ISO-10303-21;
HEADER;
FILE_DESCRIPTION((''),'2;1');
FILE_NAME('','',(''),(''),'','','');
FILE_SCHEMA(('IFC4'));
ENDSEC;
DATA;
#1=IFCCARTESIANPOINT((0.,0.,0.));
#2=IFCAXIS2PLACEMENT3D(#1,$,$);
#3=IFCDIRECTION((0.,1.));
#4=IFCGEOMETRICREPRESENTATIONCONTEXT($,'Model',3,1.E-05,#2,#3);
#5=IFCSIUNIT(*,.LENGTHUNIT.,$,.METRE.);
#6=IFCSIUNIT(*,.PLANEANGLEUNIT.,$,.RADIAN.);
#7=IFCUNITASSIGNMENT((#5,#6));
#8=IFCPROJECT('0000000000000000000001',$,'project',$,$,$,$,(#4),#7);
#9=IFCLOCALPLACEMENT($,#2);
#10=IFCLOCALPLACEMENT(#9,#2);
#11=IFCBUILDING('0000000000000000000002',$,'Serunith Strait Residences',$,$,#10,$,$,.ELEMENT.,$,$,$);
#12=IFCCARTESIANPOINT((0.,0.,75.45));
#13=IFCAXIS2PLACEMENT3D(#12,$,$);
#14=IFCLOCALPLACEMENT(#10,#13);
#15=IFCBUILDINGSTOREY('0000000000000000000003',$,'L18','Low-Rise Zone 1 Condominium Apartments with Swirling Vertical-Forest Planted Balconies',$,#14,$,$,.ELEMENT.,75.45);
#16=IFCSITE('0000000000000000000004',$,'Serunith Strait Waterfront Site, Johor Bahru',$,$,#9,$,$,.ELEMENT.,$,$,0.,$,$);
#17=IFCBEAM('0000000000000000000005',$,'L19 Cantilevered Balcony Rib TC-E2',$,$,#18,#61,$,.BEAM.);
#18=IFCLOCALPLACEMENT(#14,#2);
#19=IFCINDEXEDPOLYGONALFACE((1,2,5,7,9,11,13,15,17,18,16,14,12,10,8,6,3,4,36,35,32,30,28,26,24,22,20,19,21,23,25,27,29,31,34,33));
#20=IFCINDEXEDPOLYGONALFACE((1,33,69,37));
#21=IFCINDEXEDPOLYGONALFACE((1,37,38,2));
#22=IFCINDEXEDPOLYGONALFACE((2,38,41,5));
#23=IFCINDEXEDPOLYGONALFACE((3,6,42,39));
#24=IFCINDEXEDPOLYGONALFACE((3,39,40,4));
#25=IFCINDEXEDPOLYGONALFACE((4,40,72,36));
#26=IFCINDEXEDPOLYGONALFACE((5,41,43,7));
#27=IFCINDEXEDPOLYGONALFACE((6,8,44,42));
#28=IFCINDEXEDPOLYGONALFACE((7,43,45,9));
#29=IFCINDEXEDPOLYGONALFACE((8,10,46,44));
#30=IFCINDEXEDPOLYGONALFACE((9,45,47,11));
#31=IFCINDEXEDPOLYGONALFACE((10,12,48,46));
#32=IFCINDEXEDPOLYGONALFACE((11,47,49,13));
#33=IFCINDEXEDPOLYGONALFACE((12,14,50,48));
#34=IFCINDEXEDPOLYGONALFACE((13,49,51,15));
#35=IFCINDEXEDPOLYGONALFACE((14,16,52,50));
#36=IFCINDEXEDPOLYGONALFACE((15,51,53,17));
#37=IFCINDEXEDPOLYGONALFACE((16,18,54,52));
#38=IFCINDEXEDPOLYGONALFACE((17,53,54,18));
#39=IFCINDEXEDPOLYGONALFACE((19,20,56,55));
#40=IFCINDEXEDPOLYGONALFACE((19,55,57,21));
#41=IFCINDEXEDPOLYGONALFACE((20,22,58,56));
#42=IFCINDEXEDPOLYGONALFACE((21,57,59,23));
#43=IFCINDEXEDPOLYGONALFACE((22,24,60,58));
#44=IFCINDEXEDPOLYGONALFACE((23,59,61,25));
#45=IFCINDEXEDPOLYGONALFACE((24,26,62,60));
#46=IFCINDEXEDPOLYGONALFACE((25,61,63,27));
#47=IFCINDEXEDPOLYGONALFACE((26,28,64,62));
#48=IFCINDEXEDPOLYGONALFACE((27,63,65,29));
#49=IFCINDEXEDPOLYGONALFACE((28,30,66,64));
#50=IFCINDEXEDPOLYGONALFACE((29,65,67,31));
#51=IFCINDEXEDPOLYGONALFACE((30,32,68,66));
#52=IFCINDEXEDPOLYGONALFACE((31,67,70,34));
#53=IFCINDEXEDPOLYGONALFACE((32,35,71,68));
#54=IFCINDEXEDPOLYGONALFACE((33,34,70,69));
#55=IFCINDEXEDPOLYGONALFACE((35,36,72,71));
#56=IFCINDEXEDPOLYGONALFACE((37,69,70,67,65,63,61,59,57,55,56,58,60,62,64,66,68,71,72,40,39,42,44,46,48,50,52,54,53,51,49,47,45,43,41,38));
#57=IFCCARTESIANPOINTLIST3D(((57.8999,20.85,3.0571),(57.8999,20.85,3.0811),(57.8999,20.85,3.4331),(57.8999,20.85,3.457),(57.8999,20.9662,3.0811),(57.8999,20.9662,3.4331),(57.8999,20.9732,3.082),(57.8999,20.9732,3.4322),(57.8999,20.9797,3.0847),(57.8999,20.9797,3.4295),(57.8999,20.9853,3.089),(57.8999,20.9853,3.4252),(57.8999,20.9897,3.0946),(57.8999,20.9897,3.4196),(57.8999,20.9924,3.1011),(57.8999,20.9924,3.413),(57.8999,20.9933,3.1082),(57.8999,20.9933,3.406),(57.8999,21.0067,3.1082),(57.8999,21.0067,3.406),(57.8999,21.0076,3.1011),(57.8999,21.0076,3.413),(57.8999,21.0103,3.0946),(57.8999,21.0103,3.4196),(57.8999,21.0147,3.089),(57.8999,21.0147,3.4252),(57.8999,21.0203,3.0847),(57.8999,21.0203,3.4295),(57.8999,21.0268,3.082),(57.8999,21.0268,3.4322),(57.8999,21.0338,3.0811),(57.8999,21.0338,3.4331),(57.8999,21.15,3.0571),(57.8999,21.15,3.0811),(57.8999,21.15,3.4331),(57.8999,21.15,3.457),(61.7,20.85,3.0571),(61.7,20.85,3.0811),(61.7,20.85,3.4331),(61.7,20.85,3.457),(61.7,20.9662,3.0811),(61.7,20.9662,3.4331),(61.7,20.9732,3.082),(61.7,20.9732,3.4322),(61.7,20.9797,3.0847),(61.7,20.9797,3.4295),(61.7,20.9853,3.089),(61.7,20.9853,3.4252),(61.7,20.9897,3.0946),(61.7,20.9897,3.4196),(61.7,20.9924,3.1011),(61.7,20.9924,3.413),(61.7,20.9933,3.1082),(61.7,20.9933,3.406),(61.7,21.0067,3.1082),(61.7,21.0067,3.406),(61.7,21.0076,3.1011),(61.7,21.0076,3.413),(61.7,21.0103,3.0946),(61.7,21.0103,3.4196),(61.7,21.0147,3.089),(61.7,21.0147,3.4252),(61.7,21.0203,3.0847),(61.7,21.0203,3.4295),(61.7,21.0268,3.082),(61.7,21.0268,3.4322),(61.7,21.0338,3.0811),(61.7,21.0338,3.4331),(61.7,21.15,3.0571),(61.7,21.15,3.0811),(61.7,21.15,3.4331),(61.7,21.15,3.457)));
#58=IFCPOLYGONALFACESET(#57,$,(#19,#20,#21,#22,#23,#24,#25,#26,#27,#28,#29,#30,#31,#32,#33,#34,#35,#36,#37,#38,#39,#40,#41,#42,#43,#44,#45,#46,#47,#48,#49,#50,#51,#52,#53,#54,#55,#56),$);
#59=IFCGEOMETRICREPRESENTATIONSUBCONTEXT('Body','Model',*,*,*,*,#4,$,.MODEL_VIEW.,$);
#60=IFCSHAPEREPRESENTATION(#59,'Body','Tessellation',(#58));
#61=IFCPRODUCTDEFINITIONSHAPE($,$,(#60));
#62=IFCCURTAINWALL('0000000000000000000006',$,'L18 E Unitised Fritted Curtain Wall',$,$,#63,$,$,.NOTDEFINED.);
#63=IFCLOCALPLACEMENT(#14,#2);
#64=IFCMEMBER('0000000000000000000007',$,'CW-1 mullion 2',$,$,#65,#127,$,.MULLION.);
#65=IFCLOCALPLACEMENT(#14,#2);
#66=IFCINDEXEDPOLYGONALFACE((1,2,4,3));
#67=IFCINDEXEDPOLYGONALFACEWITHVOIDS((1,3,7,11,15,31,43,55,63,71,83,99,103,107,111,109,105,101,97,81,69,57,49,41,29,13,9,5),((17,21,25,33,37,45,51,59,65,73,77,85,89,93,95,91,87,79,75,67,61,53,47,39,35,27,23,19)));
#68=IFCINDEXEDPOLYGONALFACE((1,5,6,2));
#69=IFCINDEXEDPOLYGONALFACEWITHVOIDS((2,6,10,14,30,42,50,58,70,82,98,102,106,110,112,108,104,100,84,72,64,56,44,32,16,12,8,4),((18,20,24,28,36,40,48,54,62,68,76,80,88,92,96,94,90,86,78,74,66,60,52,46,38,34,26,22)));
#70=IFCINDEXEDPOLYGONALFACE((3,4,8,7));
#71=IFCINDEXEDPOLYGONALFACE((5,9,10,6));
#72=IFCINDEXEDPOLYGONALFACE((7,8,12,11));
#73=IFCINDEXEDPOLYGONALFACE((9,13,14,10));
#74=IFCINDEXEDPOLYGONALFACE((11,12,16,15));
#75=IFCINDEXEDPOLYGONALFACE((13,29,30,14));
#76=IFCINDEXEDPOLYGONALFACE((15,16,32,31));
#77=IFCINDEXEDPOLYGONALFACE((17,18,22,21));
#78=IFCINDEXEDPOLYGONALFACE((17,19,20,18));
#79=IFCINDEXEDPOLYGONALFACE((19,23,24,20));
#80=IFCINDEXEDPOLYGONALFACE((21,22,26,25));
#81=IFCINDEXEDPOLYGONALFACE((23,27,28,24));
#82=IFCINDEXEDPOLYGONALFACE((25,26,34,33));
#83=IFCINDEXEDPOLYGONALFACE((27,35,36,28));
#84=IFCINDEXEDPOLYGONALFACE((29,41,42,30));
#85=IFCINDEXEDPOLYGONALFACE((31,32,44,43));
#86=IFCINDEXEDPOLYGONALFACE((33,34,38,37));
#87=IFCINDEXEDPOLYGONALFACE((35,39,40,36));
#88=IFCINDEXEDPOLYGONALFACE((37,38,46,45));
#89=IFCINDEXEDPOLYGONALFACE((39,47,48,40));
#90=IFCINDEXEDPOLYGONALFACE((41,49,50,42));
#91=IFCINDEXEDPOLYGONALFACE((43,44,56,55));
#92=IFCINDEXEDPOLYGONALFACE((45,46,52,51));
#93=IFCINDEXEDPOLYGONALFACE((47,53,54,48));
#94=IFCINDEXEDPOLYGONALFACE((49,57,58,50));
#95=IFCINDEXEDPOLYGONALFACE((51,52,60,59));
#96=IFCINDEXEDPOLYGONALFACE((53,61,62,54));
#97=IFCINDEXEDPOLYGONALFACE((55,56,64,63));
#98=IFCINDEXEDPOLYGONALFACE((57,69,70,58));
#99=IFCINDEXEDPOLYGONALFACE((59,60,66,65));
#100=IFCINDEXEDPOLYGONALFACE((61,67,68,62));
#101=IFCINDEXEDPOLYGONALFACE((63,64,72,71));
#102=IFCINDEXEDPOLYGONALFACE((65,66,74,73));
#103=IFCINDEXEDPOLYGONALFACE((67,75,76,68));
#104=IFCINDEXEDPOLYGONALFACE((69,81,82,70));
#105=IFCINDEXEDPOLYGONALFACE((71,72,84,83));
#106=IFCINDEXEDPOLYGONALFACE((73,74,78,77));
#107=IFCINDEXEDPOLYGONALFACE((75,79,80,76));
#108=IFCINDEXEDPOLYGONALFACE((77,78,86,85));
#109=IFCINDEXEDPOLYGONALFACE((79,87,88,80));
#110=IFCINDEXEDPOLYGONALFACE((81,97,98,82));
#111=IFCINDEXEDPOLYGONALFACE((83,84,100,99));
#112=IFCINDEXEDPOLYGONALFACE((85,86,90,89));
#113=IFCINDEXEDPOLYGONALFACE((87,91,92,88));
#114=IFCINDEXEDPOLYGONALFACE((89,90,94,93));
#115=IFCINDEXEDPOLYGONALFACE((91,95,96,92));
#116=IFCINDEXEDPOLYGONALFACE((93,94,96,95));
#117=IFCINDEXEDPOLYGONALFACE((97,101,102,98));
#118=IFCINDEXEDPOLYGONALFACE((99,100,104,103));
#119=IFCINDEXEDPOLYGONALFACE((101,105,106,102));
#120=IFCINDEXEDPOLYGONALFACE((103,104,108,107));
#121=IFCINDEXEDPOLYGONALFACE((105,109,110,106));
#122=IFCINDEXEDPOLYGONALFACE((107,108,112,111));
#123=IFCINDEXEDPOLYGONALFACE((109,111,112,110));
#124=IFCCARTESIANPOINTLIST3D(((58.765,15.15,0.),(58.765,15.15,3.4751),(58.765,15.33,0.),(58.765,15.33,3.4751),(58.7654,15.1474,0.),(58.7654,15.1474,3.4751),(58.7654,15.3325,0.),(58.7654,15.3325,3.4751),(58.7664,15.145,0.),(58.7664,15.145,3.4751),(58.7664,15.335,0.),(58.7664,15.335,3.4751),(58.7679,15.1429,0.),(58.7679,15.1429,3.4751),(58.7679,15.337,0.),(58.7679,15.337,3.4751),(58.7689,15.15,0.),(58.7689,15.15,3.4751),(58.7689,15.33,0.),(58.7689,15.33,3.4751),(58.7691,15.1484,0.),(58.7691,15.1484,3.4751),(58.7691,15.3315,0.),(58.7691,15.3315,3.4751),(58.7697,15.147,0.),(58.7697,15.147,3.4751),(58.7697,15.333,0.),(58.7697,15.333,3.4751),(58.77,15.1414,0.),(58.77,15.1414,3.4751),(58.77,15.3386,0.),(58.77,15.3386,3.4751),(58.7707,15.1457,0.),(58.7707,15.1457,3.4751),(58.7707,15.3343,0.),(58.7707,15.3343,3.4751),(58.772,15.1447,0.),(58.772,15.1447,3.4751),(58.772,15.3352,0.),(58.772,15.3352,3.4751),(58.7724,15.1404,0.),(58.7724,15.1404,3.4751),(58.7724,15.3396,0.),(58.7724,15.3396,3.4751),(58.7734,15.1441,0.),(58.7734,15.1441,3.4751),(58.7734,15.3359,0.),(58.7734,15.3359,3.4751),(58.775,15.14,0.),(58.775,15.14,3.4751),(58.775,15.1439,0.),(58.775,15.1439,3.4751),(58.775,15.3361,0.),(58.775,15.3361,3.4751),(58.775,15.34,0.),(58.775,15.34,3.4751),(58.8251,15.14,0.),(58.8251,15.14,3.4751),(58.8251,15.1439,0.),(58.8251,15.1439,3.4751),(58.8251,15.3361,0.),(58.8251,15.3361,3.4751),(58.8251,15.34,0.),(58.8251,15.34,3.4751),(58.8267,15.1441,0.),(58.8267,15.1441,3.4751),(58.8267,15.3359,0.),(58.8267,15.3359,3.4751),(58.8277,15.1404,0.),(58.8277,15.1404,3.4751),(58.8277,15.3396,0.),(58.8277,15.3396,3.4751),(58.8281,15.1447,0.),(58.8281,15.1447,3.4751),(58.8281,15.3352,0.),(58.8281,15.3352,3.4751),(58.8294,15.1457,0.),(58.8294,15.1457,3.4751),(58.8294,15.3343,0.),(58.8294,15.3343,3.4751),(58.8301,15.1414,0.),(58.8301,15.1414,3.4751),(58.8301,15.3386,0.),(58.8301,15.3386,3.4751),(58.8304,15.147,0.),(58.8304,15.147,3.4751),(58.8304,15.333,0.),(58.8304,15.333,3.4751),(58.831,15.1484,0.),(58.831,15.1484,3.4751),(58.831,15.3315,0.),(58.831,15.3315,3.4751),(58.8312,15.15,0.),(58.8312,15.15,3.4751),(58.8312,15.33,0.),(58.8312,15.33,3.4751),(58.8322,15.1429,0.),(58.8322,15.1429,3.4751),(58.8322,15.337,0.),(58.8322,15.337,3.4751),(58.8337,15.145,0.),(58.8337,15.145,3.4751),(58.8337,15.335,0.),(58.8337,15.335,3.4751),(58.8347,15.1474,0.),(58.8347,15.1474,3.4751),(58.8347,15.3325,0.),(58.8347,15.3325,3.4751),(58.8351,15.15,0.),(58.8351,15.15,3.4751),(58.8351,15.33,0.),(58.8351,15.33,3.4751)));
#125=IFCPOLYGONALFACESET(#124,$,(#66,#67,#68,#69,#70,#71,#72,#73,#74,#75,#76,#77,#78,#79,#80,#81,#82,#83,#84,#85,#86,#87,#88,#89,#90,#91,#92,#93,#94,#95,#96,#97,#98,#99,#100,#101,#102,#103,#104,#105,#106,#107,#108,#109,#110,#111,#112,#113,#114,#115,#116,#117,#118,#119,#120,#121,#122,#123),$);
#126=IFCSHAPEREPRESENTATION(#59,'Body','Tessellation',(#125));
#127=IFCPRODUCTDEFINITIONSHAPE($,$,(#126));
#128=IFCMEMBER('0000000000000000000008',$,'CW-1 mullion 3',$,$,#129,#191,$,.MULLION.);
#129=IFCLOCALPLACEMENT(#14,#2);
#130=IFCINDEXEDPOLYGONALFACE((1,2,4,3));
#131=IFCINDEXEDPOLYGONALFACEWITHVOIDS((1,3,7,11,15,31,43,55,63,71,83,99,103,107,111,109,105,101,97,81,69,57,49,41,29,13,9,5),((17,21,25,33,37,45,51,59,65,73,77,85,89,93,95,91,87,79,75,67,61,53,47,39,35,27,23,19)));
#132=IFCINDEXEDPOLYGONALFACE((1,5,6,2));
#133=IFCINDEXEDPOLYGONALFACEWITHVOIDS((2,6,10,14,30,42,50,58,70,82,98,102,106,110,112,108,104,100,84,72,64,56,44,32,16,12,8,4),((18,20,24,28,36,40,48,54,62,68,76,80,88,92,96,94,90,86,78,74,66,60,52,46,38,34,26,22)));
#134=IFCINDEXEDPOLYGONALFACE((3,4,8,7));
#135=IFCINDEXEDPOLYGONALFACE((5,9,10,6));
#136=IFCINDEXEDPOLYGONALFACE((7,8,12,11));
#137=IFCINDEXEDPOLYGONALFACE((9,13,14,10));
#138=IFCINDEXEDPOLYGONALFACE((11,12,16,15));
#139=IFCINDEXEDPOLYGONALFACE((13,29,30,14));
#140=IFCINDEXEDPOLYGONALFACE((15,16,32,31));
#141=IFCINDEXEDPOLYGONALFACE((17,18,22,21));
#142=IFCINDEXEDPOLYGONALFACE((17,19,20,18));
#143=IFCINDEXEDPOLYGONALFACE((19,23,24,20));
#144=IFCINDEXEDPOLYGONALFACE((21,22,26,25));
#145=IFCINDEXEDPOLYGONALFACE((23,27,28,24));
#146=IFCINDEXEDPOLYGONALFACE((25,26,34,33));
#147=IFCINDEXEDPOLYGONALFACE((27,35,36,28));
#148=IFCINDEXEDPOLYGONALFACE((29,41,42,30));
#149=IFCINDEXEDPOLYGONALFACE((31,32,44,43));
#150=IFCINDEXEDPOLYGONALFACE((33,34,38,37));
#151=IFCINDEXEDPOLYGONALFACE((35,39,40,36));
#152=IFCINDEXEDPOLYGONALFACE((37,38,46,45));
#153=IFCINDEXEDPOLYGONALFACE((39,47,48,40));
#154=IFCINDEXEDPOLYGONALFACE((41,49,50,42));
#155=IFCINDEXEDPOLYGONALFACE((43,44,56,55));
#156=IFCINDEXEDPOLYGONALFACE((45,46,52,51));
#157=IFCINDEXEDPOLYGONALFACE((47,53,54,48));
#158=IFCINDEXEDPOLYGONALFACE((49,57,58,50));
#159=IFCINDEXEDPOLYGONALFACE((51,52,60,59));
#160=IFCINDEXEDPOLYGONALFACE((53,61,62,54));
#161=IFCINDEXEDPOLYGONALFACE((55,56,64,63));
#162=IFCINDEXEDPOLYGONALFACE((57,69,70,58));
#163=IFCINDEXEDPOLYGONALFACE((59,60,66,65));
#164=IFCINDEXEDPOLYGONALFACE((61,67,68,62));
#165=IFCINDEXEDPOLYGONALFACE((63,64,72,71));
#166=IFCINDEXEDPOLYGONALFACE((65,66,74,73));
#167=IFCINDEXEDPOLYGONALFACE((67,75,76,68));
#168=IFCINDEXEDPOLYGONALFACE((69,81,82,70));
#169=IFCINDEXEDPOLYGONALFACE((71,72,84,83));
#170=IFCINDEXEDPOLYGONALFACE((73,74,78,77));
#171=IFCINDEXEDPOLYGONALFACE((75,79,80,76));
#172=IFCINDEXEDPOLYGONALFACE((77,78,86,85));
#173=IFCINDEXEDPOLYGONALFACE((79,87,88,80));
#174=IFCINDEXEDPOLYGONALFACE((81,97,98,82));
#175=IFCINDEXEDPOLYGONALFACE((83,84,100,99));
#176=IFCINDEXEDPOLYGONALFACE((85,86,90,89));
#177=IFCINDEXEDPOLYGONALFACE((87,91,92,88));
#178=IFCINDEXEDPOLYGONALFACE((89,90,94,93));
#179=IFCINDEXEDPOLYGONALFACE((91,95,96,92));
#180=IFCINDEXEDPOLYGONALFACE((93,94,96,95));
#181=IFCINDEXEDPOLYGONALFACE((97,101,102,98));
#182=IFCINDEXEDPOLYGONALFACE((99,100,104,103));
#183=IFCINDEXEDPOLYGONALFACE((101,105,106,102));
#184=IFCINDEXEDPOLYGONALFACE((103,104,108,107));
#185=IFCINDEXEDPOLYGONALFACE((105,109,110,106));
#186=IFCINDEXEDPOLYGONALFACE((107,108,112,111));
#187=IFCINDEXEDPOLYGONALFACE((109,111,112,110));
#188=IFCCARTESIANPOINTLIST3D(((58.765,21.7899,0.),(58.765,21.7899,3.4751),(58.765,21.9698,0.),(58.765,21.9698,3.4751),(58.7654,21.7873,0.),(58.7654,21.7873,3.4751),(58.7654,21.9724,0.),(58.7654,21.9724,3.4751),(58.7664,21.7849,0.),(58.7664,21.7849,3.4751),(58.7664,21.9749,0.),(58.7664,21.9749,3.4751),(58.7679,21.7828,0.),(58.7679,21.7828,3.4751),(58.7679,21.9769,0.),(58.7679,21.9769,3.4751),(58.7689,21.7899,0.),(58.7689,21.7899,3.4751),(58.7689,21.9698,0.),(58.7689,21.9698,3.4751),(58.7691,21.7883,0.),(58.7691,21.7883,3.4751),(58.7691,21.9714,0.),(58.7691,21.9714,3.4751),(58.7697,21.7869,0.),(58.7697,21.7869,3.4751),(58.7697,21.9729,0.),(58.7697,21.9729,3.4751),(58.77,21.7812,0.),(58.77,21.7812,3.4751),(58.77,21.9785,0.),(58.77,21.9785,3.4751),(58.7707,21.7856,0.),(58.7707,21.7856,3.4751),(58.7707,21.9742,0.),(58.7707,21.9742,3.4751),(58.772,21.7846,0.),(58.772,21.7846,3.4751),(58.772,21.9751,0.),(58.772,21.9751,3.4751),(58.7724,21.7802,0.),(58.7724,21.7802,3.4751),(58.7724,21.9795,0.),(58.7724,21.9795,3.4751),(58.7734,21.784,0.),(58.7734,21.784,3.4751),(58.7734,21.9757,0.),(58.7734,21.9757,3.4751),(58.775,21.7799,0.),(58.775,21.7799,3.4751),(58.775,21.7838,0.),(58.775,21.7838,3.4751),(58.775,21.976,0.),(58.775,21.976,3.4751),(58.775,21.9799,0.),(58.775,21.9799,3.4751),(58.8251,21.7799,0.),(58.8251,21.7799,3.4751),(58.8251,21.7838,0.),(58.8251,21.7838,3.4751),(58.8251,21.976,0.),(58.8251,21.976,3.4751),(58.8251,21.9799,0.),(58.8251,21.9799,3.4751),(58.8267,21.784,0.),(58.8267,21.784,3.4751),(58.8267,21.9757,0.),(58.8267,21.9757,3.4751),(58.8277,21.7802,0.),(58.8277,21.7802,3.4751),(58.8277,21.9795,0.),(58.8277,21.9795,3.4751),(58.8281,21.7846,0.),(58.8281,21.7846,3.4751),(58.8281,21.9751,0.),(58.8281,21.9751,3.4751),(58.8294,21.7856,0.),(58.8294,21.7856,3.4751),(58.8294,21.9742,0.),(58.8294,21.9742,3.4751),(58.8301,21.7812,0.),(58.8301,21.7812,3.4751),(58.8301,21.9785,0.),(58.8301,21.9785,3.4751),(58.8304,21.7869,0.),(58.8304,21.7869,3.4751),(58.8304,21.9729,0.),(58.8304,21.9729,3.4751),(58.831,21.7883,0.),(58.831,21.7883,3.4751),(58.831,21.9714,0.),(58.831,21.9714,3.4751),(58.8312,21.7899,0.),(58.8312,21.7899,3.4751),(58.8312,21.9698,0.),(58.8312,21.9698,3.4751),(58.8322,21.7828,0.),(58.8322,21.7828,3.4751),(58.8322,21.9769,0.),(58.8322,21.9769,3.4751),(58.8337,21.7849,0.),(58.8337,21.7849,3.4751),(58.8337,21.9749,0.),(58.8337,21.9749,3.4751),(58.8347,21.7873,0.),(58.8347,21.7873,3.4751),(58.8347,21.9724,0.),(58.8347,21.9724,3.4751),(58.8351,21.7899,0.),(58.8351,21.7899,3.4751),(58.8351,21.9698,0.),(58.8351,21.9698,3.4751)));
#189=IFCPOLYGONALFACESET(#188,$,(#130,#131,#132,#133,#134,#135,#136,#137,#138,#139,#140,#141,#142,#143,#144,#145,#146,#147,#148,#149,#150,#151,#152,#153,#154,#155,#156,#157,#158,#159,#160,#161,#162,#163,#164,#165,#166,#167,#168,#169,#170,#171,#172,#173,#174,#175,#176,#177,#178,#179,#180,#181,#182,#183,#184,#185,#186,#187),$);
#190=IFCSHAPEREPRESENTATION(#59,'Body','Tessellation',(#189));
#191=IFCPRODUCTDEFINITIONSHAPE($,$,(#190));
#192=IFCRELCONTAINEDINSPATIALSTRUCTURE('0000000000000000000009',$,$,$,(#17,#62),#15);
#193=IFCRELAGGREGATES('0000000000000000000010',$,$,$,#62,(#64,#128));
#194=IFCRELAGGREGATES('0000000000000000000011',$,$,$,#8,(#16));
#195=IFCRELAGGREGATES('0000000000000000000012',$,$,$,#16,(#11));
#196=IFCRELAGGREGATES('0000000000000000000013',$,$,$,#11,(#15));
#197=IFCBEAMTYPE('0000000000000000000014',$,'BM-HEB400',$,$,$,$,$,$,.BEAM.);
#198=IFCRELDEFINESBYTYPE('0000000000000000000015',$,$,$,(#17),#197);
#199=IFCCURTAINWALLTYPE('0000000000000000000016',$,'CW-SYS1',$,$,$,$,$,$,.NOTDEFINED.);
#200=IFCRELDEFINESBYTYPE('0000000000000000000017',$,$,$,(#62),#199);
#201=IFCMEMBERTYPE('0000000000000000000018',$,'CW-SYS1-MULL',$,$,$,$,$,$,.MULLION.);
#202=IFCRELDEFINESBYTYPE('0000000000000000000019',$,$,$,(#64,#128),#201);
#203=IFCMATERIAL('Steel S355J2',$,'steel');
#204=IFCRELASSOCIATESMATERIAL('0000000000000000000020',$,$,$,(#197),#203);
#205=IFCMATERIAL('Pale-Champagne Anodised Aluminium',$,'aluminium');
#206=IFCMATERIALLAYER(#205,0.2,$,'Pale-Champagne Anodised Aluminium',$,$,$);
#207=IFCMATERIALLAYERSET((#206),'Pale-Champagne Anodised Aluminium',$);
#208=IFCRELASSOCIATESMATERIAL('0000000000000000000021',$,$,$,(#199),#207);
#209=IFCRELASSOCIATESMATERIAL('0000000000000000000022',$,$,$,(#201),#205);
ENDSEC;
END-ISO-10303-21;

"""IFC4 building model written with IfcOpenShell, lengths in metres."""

from ifc_helpers import new_model, si_unit, direction, frame, origin, origin_2d, place, context, subcontext, project, spatial, hollow_rectangle, i_section, extrude, source, transform, mapped, material, layer, layer_set, material_profile, profile_set, type_object, element, aggregate, save


model = new_model("IFC4")

# Units and contexts
model_context = context("Model", 3, precision=1e-05, world=origin(), true_north=direction((0.0, 1.0)))
body_context = subcontext(model_context, "Body", "Model", "MODEL_VIEW")
ifc_project = project(units=[si_unit("LENGTHUNIT", "METRE"), si_unit("PLANEANGLEUNIT", "RADIAN")], contexts=[model_context])

# Site, building, storey
site_placement = place(None, origin())
site = spatial("IfcSite", under=ifc_project, at=site_placement, Name="Serunith Strait Waterfront Site, Johor Bahru", CompositionType="ELEMENT", RefElevation=0.0)
building_placement = place(site_placement, origin())
building = spatial("IfcBuilding", under=site, at=building_placement, Name="Serunith Strait Residences", CompositionType="ELEMENT")
storey_placement = place(building_placement, frame((0.0, 0.0, 75.45)))
storey = spatial("IfcBuildingStorey", under=building, at=storey_placement, Name="L18", Description="Low-Rise Zone 1 Condominium Apartments with Swirling Vertical-Forest Planted Balconies", CompositionType="ELEMENT", Elevation=75.45)

# Beam
ifc_material_1 = material(Name="Steel S355J2", Category="steel")
ifc_material_profile_1 = material_profile(ifc_material_1, i_section(OverallWidth=0.3, OverallDepth=0.3999, WebThickness=0.0134, FlangeThickness=0.0239, FilletRadius=0.0271, at=origin_2d()), Name="HEB 400")
ifc_profile_set_1 = profile_set([ifc_material_profile_1], Name="Steel S355J2")
beam_type_1 = type_object("IfcBeamType", Name="BM-HEB400", PredefinedType="BEAM", material=ifc_profile_set_1)
shared_shape_1 = source(origin(), body_context, "Body", "SweptSolid", [
    extrude(i_section(OverallWidth=0.3, OverallDepth=0.3999, WebThickness=0.0134, FlangeThickness=0.0239, FilletRadius=0.0271, at=origin_2d()), origin(), (0.0, 0.0, 1.0), 3.8),
])
beam_1_placement = place(storey_placement, frame((57.8999, 21.0, 3.2571), z_axis=(1.0, 0.0, 0.0), x_axis=(0.0, 1.0, 0.0)))
element("IfcBeam", 1, at=beam_1_placement, inside=storey, type_object=beam_type_1, Name="L19 Cantilevered Balcony Rib TC-E2", PredefinedType="BEAM", context=body_context, shape_type="MappedRepresentation", body=[
    mapped(shared_shape_1, transform((0.0, 0.0, 0.0), scale=1.0)),
])

# Curtain wall, members
ifc_material_2 = material(Name="Pale-Champagne Anodised Aluminium", Category="aluminium")
ifc_layer_1 = layer(ifc_material_2, 0.2, Name="Pale-Champagne Anodised Aluminium")
ifc_layer_set_1 = layer_set([ifc_layer_1], Name="Pale-Champagne Anodised Aluminium")
curtain_wall_type = type_object("IfcCurtainWallType", Name="CW-SYS1", PredefinedType="NOTDEFINED", material=ifc_layer_set_1)
curtain_wall_placement = place(storey_placement, origin())
curtain_wall = element("IfcCurtainWall", 2, at=curtain_wall_placement, inside=storey, type_object=curtain_wall_type, Name="L18 E Unitised Fritted Curtain Wall", PredefinedType="NOTDEFINED")
ifc_material_profile_2 = material_profile(ifc_material_2, hollow_rectangle(XDim=0.0701, YDim=0.2, WallThickness=0.0039, InnerFilletRadius=0.0061, OuterFilletRadius=0.01, at=origin_2d()), Name="ALU 200x70x4")
ifc_profile_set_2 = profile_set([ifc_material_profile_2], Name="Pale-Champagne Anodised Aluminium")
member_type_1 = type_object("IfcMemberType", Name="CW-SYS1-MULL", PredefinedType="MULLION", material=ifc_profile_set_2)
shared_shape_2 = source(origin(), body_context, "Body", "SweptSolid", [
    extrude(hollow_rectangle(XDim=0.0701, YDim=0.2, WallThickness=0.0039, InnerFilletRadius=0.0061, OuterFilletRadius=0.01, at=origin_2d()), origin(), (0.0, 0.0, 1.0), 3.4751),
])
member_1_placement = place(storey_placement, frame((58.8, 15.24, 0.0), z_axis=(0.0, 0.0, 1.0), x_axis=(-1.0, 0.0, 0.0)))
member_1 = element("IfcMember", 3, at=member_1_placement, type_object=member_type_1, Name="CW-1 mullion 2", PredefinedType="MULLION", context=body_context, shape_type="MappedRepresentation", body=[
    mapped(shared_shape_2, transform((0.0, 0.0, 0.0), scale=1.0)),
])
member_2_placement = place(storey_placement, frame((58.8, 21.8799, 0.0), z_axis=(0.0, 0.0, 1.0), x_axis=(-1.0, 0.0, 0.0)))
member_2 = element("IfcMember", 4, at=member_2_placement, type_object=member_type_1, Name="CW-1 mullion 3", PredefinedType="MULLION", context=body_context, shape_type="MappedRepresentation", body=[
    mapped(shared_shape_2, transform((0.0, 0.0, 0.0), scale=1.0)),
])
aggregate(curtain_wall, [member_1, member_2])

save(model, "model.ifc")
